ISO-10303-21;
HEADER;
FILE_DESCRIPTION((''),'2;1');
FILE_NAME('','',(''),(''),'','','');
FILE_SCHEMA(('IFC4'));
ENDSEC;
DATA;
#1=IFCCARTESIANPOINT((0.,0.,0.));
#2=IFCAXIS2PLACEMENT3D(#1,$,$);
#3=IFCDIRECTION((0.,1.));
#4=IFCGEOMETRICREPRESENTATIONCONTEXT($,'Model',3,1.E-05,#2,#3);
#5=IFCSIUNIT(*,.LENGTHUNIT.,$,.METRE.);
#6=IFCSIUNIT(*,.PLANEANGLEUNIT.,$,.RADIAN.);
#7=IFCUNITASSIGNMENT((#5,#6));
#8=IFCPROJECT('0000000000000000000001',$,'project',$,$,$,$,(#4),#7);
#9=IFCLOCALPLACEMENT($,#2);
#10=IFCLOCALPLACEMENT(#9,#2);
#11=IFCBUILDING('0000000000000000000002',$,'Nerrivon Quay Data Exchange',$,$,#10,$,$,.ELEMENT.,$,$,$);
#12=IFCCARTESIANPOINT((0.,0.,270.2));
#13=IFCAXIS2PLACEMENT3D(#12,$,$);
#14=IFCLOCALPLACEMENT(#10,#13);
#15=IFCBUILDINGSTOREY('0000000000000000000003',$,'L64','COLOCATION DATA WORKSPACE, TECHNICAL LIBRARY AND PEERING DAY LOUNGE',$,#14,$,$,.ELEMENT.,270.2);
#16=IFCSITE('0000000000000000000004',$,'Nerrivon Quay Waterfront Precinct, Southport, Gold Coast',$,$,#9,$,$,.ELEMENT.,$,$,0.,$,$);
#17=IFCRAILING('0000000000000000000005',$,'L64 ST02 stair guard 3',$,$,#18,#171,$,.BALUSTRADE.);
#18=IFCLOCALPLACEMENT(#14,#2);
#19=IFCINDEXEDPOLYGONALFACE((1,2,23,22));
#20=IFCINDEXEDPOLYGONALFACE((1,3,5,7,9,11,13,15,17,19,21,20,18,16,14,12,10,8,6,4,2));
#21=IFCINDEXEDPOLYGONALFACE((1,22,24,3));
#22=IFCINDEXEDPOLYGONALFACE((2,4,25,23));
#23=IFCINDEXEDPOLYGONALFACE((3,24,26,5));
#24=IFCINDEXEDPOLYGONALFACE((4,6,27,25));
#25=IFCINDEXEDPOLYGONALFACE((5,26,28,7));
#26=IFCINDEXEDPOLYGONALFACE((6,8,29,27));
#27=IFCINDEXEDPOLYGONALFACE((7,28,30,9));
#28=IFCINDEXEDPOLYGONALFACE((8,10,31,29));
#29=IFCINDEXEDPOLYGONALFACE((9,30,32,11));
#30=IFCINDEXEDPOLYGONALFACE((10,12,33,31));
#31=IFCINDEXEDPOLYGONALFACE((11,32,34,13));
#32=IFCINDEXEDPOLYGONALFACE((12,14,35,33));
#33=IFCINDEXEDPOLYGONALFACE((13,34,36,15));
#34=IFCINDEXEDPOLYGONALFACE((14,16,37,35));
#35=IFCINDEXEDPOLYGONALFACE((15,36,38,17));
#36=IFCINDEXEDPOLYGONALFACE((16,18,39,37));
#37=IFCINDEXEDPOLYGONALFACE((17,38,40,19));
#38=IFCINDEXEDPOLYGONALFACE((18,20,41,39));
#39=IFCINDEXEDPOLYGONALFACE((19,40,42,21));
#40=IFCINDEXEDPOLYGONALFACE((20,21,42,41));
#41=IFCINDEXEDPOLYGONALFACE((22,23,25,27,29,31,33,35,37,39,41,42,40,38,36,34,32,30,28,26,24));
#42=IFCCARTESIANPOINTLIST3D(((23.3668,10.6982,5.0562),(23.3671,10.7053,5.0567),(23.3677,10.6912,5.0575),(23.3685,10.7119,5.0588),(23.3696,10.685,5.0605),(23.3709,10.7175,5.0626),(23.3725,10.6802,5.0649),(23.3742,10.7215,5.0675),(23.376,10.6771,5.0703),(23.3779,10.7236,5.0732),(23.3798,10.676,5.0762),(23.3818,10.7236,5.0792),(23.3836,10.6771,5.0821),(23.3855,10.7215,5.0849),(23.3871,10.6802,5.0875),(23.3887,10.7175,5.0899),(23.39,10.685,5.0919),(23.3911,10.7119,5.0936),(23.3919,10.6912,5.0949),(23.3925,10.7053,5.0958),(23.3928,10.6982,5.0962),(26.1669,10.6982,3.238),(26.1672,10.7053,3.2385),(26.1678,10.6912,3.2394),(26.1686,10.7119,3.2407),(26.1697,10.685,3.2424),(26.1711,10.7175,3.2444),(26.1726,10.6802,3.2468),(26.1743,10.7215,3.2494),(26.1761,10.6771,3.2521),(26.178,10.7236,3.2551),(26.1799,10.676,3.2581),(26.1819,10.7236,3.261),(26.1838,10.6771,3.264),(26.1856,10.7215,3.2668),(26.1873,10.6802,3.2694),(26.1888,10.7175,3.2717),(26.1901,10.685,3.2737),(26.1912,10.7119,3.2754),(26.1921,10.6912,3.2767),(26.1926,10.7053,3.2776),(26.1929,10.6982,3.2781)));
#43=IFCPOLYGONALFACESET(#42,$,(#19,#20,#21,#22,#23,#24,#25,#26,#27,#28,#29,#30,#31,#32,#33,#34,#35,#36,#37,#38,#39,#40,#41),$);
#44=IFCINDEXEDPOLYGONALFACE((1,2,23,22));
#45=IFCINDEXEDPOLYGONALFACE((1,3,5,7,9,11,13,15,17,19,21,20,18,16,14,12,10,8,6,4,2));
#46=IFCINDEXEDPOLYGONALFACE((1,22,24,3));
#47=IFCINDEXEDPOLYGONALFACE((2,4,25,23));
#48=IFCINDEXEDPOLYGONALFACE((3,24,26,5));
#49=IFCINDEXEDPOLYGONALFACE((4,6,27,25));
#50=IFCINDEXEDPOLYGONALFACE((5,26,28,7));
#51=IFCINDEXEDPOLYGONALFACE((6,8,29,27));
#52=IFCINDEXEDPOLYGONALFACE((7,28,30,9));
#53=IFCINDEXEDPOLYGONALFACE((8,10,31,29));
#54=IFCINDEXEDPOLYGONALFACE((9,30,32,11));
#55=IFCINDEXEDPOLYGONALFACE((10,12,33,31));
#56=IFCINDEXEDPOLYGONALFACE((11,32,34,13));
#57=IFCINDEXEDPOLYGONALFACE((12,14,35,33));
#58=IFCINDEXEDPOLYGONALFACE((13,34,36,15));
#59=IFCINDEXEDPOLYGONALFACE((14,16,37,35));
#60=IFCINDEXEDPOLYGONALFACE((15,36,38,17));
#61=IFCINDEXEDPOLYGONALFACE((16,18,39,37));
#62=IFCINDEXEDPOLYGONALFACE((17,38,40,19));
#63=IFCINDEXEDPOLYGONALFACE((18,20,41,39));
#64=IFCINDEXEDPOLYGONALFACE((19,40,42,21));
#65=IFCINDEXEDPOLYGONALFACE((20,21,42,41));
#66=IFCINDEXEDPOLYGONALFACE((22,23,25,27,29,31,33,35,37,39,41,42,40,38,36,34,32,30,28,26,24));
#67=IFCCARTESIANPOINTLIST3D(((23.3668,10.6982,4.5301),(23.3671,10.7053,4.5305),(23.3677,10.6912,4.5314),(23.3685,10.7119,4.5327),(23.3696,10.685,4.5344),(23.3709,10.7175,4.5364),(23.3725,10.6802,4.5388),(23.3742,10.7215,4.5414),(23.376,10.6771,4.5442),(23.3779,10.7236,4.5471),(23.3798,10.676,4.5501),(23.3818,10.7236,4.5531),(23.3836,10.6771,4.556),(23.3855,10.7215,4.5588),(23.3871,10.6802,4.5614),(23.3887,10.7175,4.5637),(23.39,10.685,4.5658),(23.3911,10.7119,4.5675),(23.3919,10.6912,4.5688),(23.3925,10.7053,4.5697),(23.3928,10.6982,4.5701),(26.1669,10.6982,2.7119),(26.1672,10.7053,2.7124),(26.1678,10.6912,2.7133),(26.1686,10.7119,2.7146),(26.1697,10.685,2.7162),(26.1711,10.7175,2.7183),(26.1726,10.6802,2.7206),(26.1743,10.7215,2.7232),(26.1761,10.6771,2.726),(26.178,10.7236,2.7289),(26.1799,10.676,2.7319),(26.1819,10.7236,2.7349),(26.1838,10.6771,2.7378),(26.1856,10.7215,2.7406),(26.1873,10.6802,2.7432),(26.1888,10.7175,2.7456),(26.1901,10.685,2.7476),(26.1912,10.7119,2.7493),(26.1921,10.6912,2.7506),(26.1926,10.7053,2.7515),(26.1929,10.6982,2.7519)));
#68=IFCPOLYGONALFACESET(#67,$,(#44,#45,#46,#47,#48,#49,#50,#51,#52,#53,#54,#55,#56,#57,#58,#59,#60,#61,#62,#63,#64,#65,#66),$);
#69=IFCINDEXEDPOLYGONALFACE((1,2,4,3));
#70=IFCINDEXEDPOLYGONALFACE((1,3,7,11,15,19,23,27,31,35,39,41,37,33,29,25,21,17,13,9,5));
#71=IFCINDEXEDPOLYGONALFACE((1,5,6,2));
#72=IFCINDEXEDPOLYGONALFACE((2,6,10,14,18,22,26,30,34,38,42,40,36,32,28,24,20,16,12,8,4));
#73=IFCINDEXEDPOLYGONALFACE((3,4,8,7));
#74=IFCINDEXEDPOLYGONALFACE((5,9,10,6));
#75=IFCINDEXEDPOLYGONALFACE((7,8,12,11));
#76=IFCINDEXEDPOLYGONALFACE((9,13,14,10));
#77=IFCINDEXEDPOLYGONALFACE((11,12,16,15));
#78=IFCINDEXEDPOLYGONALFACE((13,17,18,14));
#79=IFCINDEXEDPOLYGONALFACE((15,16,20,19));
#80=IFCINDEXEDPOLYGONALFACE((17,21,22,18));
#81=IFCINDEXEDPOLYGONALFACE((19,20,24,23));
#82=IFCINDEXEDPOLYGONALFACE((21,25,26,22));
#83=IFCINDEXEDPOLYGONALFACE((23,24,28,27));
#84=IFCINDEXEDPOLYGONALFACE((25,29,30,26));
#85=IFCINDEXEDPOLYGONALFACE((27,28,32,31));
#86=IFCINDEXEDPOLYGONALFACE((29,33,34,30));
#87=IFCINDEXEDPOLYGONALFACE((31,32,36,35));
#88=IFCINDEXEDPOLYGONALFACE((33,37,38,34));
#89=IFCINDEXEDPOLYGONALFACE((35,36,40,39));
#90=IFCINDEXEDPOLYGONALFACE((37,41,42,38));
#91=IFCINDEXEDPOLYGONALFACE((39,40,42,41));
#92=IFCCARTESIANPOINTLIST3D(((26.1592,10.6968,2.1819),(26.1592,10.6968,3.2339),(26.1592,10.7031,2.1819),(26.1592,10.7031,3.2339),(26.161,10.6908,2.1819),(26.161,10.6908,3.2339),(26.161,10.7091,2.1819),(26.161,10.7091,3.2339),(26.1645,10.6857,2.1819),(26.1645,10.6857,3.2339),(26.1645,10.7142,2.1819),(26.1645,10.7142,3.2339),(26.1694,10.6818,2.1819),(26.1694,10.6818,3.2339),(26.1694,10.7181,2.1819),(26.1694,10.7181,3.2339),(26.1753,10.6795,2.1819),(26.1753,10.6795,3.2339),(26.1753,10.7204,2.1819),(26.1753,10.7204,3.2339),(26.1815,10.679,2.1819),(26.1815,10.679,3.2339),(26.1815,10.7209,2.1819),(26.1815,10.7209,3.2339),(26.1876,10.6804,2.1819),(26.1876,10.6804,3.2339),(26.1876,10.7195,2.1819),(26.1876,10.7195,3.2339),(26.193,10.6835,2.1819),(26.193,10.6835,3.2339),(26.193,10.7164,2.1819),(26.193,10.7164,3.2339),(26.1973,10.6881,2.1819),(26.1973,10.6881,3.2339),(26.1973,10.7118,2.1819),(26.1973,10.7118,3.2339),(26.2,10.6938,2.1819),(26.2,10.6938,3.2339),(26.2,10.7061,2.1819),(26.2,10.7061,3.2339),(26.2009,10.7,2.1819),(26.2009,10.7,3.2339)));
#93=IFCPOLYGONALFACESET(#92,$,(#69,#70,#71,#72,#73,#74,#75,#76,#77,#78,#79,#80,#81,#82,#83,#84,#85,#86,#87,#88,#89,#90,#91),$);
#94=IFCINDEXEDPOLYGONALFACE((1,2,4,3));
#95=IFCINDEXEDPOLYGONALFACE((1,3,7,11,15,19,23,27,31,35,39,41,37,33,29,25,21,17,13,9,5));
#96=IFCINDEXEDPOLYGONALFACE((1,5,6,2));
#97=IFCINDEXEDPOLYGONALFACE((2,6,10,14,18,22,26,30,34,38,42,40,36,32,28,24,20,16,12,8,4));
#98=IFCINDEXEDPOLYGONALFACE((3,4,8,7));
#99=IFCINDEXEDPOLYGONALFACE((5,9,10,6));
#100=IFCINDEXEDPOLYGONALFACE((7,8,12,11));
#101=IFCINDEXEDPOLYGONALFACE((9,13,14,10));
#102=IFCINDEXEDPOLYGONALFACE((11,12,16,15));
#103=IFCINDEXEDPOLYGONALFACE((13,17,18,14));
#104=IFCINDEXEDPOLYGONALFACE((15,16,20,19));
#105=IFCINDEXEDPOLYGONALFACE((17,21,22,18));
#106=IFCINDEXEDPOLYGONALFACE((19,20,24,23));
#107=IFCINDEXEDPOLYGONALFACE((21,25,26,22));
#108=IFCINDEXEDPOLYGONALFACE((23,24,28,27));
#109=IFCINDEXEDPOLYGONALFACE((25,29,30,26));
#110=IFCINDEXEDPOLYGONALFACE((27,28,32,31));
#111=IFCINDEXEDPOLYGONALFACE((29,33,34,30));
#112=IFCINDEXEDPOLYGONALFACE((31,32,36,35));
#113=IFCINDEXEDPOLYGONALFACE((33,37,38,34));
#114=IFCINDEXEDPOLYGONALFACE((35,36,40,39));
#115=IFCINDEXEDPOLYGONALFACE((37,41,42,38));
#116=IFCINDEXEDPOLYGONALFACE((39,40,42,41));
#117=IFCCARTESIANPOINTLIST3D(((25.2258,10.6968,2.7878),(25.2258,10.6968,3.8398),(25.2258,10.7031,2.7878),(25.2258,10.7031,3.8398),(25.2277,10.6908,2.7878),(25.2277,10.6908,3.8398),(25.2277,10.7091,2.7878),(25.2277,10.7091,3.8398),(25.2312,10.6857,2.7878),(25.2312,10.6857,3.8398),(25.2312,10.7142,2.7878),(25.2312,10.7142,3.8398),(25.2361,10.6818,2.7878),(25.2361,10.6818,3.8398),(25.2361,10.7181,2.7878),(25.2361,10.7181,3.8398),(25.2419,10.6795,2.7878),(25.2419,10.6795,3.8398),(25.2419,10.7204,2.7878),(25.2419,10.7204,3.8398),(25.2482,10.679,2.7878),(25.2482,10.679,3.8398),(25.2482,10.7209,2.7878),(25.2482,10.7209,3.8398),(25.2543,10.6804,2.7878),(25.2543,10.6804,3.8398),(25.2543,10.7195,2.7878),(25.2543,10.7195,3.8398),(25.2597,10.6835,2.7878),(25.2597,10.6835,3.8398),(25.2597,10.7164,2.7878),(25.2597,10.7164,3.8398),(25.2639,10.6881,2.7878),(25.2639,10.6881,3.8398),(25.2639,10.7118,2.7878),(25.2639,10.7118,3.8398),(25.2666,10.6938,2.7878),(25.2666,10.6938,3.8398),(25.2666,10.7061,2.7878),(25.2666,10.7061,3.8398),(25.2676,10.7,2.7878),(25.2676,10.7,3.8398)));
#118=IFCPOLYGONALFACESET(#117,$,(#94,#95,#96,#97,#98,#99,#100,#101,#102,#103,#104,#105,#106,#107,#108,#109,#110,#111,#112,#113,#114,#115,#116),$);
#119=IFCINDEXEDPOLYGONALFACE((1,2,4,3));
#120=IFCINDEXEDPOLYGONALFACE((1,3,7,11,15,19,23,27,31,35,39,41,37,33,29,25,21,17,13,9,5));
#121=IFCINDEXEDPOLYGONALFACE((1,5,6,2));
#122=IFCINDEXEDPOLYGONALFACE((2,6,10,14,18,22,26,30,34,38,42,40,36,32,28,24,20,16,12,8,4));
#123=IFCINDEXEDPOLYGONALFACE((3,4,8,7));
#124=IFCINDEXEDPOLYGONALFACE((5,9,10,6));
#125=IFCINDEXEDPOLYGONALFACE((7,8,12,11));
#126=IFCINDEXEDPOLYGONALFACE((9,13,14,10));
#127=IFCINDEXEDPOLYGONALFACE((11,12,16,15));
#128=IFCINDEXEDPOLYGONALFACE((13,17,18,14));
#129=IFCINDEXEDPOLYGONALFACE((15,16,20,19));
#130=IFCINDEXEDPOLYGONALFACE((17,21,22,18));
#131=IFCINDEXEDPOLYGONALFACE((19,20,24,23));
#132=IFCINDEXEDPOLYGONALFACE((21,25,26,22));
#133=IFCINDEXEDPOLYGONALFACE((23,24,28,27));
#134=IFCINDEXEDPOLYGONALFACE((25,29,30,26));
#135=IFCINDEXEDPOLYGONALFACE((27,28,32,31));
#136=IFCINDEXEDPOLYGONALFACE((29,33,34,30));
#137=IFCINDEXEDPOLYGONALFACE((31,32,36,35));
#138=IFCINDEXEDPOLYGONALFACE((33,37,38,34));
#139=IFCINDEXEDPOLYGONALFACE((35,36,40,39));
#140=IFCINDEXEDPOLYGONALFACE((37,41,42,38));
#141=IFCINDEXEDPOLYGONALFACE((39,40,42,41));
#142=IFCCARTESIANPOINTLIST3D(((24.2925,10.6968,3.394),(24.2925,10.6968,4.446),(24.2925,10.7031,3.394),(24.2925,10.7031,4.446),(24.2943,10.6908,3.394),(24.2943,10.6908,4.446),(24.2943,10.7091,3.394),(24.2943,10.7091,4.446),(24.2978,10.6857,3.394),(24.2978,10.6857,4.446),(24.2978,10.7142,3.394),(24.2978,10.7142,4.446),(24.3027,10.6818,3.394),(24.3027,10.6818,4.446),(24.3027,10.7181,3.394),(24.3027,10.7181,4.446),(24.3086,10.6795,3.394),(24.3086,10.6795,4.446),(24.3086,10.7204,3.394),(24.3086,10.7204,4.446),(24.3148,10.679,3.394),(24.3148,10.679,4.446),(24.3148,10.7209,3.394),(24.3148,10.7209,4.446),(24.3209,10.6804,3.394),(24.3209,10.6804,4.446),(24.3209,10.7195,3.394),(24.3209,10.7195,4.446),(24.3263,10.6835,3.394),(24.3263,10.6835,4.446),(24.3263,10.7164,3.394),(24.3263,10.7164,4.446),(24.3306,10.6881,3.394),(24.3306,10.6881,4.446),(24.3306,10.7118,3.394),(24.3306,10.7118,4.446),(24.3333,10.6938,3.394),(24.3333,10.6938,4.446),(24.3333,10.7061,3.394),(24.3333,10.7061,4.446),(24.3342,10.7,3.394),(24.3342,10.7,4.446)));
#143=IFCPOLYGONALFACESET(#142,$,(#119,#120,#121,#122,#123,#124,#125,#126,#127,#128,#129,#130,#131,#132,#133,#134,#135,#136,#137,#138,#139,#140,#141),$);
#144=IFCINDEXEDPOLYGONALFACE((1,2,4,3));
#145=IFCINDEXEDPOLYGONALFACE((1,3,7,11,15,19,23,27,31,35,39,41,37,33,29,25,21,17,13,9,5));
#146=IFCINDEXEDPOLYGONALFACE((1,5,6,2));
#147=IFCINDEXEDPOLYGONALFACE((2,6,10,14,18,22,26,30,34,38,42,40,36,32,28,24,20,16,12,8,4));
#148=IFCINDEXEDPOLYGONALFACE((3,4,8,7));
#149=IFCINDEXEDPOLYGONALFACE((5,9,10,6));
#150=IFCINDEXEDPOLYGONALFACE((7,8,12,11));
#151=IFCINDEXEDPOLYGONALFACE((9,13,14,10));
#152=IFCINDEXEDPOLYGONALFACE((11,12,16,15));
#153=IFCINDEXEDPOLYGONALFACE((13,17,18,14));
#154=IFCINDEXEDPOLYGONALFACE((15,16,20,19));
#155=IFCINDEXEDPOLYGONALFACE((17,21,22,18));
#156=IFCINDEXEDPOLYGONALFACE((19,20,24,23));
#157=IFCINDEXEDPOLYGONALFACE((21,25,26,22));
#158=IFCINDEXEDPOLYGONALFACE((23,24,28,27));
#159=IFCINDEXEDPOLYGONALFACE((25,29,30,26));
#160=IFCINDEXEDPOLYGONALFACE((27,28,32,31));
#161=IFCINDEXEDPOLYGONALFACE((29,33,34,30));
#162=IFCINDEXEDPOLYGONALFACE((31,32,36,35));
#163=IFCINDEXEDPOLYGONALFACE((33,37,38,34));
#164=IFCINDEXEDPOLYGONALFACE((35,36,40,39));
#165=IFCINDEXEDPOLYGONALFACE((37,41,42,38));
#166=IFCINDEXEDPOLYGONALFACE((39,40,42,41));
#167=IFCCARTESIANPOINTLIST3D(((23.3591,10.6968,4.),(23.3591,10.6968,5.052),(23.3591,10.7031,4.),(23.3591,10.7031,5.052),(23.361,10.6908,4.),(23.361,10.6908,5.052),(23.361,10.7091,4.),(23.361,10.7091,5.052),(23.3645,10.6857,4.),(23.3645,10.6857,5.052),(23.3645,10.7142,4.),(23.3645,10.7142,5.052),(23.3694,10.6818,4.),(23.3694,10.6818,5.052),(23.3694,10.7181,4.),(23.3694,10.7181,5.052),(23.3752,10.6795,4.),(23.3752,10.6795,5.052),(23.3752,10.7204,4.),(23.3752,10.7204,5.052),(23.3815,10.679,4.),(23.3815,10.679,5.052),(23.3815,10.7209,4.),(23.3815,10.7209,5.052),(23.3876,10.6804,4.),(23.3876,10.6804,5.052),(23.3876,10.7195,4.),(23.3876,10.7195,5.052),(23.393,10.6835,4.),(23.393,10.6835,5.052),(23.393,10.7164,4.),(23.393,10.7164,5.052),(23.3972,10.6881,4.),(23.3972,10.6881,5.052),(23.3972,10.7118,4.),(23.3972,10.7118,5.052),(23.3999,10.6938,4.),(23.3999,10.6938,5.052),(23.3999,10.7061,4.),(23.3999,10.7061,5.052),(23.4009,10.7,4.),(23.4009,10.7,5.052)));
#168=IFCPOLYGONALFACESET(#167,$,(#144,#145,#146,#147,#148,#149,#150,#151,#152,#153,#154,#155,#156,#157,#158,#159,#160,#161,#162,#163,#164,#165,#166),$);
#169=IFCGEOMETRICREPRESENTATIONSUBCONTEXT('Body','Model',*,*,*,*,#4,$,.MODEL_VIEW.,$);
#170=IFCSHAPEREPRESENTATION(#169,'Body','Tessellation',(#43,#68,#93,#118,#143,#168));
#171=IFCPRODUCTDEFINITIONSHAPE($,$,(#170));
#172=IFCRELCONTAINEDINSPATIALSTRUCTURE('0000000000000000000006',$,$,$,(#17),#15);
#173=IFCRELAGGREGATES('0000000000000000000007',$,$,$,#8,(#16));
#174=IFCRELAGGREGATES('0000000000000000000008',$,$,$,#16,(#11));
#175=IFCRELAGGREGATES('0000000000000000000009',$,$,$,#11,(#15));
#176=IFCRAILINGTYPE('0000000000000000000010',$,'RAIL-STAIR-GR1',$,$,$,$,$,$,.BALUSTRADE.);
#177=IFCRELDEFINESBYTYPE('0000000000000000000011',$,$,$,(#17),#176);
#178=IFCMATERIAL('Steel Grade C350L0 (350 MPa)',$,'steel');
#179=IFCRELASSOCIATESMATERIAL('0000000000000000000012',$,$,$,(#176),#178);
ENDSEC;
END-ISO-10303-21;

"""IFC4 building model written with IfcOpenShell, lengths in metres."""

from ifc_helpers import new_model, si_unit, direction, frame, origin, origin_2d, place, context, subcontext, project, spatial, circle, extrude, material, type_object, element, save


model = new_model("IFC4")

# Units and contexts
model_context = context("Model", 3, precision=1e-05, world=origin(), true_north=direction((0.0, 1.0)))
body_context = subcontext(model_context, "Body", "Model", "MODEL_VIEW")
ifc_project = project(units=[si_unit("LENGTHUNIT", "METRE"), si_unit("PLANEANGLEUNIT", "RADIAN")], contexts=[model_context])

# Site, building, storey
site_placement = place(None, origin())
site = spatial("IfcSite", under=ifc_project, at=site_placement, Name="Nerrivon Quay Waterfront Precinct, Southport, Gold Coast", CompositionType="ELEMENT", RefElevation=0.0)
building_placement = place(site_placement, origin())
building = spatial("IfcBuilding", under=site, at=building_placement, Name="Nerrivon Quay Data Exchange", CompositionType="ELEMENT")
storey_placement = place(building_placement, frame((0.0, 0.0, 270.2)))
storey = spatial("IfcBuildingStorey", under=building, at=storey_placement, Name="L64", Description="COLOCATION DATA WORKSPACE, TECHNICAL LIBRARY AND PEERING DAY LOUNGE", CompositionType="ELEMENT", Elevation=270.2)

# Railing
ifc_material_1 = material(Name="Steel Grade C350L0 (350 MPa)", Category="steel")
railing_type_1 = type_object("IfcRailingType", Name="RAIL-STAIR-GR1", PredefinedType="BALUSTRADE", material=ifc_material_1)
railing_1_placement = place(storey_placement, frame((26.1799, 10.7, 2.1819)))
element("IfcRailing", 1, at=railing_1_placement, inside=storey, type_object=railing_type_1, Name="L64 ST02 stair guard 3", PredefinedType="BALUSTRADE", context=body_context, shape_type="SweptSolid", body=[
    extrude(circle(Radius=0.0239, at=origin_2d()), frame((0.0, 0.0, 1.0762), z_axis=(-0.838706, 0.0, 0.544585), x_axis=(0.0, -1.0, 0.0)), (0.0, 0.0, 1.0), 3.3386),
    extrude(circle(Radius=0.0239, at=origin_2d()), frame((0.0, 0.0, 0.55), z_axis=(-0.838706, 0.0, 0.544585), x_axis=(0.0, -1.0, 0.0)), (0.0, 0.0, 1.0), 3.3386),
    extrude(circle(Radius=0.021, at=origin_2d()), origin(), (0.0, 0.0, 1.0), 1.052),
    extrude(circle(Radius=0.021, at=origin_2d()), frame((-0.9333, 0.0, 0.606)), (0.0, 0.0, 1.0), 1.052),
    extrude(circle(Radius=0.021, at=origin_2d()), frame((-1.8667, 0.0, 1.2122)), (0.0, 0.0, 1.0), 1.052),
    extrude(circle(Radius=0.021, at=origin_2d()), frame((-2.8, 0.0, 1.8181)), (0.0, 0.0, 1.0), 1.052),
])

save(model, "model.ifc")
